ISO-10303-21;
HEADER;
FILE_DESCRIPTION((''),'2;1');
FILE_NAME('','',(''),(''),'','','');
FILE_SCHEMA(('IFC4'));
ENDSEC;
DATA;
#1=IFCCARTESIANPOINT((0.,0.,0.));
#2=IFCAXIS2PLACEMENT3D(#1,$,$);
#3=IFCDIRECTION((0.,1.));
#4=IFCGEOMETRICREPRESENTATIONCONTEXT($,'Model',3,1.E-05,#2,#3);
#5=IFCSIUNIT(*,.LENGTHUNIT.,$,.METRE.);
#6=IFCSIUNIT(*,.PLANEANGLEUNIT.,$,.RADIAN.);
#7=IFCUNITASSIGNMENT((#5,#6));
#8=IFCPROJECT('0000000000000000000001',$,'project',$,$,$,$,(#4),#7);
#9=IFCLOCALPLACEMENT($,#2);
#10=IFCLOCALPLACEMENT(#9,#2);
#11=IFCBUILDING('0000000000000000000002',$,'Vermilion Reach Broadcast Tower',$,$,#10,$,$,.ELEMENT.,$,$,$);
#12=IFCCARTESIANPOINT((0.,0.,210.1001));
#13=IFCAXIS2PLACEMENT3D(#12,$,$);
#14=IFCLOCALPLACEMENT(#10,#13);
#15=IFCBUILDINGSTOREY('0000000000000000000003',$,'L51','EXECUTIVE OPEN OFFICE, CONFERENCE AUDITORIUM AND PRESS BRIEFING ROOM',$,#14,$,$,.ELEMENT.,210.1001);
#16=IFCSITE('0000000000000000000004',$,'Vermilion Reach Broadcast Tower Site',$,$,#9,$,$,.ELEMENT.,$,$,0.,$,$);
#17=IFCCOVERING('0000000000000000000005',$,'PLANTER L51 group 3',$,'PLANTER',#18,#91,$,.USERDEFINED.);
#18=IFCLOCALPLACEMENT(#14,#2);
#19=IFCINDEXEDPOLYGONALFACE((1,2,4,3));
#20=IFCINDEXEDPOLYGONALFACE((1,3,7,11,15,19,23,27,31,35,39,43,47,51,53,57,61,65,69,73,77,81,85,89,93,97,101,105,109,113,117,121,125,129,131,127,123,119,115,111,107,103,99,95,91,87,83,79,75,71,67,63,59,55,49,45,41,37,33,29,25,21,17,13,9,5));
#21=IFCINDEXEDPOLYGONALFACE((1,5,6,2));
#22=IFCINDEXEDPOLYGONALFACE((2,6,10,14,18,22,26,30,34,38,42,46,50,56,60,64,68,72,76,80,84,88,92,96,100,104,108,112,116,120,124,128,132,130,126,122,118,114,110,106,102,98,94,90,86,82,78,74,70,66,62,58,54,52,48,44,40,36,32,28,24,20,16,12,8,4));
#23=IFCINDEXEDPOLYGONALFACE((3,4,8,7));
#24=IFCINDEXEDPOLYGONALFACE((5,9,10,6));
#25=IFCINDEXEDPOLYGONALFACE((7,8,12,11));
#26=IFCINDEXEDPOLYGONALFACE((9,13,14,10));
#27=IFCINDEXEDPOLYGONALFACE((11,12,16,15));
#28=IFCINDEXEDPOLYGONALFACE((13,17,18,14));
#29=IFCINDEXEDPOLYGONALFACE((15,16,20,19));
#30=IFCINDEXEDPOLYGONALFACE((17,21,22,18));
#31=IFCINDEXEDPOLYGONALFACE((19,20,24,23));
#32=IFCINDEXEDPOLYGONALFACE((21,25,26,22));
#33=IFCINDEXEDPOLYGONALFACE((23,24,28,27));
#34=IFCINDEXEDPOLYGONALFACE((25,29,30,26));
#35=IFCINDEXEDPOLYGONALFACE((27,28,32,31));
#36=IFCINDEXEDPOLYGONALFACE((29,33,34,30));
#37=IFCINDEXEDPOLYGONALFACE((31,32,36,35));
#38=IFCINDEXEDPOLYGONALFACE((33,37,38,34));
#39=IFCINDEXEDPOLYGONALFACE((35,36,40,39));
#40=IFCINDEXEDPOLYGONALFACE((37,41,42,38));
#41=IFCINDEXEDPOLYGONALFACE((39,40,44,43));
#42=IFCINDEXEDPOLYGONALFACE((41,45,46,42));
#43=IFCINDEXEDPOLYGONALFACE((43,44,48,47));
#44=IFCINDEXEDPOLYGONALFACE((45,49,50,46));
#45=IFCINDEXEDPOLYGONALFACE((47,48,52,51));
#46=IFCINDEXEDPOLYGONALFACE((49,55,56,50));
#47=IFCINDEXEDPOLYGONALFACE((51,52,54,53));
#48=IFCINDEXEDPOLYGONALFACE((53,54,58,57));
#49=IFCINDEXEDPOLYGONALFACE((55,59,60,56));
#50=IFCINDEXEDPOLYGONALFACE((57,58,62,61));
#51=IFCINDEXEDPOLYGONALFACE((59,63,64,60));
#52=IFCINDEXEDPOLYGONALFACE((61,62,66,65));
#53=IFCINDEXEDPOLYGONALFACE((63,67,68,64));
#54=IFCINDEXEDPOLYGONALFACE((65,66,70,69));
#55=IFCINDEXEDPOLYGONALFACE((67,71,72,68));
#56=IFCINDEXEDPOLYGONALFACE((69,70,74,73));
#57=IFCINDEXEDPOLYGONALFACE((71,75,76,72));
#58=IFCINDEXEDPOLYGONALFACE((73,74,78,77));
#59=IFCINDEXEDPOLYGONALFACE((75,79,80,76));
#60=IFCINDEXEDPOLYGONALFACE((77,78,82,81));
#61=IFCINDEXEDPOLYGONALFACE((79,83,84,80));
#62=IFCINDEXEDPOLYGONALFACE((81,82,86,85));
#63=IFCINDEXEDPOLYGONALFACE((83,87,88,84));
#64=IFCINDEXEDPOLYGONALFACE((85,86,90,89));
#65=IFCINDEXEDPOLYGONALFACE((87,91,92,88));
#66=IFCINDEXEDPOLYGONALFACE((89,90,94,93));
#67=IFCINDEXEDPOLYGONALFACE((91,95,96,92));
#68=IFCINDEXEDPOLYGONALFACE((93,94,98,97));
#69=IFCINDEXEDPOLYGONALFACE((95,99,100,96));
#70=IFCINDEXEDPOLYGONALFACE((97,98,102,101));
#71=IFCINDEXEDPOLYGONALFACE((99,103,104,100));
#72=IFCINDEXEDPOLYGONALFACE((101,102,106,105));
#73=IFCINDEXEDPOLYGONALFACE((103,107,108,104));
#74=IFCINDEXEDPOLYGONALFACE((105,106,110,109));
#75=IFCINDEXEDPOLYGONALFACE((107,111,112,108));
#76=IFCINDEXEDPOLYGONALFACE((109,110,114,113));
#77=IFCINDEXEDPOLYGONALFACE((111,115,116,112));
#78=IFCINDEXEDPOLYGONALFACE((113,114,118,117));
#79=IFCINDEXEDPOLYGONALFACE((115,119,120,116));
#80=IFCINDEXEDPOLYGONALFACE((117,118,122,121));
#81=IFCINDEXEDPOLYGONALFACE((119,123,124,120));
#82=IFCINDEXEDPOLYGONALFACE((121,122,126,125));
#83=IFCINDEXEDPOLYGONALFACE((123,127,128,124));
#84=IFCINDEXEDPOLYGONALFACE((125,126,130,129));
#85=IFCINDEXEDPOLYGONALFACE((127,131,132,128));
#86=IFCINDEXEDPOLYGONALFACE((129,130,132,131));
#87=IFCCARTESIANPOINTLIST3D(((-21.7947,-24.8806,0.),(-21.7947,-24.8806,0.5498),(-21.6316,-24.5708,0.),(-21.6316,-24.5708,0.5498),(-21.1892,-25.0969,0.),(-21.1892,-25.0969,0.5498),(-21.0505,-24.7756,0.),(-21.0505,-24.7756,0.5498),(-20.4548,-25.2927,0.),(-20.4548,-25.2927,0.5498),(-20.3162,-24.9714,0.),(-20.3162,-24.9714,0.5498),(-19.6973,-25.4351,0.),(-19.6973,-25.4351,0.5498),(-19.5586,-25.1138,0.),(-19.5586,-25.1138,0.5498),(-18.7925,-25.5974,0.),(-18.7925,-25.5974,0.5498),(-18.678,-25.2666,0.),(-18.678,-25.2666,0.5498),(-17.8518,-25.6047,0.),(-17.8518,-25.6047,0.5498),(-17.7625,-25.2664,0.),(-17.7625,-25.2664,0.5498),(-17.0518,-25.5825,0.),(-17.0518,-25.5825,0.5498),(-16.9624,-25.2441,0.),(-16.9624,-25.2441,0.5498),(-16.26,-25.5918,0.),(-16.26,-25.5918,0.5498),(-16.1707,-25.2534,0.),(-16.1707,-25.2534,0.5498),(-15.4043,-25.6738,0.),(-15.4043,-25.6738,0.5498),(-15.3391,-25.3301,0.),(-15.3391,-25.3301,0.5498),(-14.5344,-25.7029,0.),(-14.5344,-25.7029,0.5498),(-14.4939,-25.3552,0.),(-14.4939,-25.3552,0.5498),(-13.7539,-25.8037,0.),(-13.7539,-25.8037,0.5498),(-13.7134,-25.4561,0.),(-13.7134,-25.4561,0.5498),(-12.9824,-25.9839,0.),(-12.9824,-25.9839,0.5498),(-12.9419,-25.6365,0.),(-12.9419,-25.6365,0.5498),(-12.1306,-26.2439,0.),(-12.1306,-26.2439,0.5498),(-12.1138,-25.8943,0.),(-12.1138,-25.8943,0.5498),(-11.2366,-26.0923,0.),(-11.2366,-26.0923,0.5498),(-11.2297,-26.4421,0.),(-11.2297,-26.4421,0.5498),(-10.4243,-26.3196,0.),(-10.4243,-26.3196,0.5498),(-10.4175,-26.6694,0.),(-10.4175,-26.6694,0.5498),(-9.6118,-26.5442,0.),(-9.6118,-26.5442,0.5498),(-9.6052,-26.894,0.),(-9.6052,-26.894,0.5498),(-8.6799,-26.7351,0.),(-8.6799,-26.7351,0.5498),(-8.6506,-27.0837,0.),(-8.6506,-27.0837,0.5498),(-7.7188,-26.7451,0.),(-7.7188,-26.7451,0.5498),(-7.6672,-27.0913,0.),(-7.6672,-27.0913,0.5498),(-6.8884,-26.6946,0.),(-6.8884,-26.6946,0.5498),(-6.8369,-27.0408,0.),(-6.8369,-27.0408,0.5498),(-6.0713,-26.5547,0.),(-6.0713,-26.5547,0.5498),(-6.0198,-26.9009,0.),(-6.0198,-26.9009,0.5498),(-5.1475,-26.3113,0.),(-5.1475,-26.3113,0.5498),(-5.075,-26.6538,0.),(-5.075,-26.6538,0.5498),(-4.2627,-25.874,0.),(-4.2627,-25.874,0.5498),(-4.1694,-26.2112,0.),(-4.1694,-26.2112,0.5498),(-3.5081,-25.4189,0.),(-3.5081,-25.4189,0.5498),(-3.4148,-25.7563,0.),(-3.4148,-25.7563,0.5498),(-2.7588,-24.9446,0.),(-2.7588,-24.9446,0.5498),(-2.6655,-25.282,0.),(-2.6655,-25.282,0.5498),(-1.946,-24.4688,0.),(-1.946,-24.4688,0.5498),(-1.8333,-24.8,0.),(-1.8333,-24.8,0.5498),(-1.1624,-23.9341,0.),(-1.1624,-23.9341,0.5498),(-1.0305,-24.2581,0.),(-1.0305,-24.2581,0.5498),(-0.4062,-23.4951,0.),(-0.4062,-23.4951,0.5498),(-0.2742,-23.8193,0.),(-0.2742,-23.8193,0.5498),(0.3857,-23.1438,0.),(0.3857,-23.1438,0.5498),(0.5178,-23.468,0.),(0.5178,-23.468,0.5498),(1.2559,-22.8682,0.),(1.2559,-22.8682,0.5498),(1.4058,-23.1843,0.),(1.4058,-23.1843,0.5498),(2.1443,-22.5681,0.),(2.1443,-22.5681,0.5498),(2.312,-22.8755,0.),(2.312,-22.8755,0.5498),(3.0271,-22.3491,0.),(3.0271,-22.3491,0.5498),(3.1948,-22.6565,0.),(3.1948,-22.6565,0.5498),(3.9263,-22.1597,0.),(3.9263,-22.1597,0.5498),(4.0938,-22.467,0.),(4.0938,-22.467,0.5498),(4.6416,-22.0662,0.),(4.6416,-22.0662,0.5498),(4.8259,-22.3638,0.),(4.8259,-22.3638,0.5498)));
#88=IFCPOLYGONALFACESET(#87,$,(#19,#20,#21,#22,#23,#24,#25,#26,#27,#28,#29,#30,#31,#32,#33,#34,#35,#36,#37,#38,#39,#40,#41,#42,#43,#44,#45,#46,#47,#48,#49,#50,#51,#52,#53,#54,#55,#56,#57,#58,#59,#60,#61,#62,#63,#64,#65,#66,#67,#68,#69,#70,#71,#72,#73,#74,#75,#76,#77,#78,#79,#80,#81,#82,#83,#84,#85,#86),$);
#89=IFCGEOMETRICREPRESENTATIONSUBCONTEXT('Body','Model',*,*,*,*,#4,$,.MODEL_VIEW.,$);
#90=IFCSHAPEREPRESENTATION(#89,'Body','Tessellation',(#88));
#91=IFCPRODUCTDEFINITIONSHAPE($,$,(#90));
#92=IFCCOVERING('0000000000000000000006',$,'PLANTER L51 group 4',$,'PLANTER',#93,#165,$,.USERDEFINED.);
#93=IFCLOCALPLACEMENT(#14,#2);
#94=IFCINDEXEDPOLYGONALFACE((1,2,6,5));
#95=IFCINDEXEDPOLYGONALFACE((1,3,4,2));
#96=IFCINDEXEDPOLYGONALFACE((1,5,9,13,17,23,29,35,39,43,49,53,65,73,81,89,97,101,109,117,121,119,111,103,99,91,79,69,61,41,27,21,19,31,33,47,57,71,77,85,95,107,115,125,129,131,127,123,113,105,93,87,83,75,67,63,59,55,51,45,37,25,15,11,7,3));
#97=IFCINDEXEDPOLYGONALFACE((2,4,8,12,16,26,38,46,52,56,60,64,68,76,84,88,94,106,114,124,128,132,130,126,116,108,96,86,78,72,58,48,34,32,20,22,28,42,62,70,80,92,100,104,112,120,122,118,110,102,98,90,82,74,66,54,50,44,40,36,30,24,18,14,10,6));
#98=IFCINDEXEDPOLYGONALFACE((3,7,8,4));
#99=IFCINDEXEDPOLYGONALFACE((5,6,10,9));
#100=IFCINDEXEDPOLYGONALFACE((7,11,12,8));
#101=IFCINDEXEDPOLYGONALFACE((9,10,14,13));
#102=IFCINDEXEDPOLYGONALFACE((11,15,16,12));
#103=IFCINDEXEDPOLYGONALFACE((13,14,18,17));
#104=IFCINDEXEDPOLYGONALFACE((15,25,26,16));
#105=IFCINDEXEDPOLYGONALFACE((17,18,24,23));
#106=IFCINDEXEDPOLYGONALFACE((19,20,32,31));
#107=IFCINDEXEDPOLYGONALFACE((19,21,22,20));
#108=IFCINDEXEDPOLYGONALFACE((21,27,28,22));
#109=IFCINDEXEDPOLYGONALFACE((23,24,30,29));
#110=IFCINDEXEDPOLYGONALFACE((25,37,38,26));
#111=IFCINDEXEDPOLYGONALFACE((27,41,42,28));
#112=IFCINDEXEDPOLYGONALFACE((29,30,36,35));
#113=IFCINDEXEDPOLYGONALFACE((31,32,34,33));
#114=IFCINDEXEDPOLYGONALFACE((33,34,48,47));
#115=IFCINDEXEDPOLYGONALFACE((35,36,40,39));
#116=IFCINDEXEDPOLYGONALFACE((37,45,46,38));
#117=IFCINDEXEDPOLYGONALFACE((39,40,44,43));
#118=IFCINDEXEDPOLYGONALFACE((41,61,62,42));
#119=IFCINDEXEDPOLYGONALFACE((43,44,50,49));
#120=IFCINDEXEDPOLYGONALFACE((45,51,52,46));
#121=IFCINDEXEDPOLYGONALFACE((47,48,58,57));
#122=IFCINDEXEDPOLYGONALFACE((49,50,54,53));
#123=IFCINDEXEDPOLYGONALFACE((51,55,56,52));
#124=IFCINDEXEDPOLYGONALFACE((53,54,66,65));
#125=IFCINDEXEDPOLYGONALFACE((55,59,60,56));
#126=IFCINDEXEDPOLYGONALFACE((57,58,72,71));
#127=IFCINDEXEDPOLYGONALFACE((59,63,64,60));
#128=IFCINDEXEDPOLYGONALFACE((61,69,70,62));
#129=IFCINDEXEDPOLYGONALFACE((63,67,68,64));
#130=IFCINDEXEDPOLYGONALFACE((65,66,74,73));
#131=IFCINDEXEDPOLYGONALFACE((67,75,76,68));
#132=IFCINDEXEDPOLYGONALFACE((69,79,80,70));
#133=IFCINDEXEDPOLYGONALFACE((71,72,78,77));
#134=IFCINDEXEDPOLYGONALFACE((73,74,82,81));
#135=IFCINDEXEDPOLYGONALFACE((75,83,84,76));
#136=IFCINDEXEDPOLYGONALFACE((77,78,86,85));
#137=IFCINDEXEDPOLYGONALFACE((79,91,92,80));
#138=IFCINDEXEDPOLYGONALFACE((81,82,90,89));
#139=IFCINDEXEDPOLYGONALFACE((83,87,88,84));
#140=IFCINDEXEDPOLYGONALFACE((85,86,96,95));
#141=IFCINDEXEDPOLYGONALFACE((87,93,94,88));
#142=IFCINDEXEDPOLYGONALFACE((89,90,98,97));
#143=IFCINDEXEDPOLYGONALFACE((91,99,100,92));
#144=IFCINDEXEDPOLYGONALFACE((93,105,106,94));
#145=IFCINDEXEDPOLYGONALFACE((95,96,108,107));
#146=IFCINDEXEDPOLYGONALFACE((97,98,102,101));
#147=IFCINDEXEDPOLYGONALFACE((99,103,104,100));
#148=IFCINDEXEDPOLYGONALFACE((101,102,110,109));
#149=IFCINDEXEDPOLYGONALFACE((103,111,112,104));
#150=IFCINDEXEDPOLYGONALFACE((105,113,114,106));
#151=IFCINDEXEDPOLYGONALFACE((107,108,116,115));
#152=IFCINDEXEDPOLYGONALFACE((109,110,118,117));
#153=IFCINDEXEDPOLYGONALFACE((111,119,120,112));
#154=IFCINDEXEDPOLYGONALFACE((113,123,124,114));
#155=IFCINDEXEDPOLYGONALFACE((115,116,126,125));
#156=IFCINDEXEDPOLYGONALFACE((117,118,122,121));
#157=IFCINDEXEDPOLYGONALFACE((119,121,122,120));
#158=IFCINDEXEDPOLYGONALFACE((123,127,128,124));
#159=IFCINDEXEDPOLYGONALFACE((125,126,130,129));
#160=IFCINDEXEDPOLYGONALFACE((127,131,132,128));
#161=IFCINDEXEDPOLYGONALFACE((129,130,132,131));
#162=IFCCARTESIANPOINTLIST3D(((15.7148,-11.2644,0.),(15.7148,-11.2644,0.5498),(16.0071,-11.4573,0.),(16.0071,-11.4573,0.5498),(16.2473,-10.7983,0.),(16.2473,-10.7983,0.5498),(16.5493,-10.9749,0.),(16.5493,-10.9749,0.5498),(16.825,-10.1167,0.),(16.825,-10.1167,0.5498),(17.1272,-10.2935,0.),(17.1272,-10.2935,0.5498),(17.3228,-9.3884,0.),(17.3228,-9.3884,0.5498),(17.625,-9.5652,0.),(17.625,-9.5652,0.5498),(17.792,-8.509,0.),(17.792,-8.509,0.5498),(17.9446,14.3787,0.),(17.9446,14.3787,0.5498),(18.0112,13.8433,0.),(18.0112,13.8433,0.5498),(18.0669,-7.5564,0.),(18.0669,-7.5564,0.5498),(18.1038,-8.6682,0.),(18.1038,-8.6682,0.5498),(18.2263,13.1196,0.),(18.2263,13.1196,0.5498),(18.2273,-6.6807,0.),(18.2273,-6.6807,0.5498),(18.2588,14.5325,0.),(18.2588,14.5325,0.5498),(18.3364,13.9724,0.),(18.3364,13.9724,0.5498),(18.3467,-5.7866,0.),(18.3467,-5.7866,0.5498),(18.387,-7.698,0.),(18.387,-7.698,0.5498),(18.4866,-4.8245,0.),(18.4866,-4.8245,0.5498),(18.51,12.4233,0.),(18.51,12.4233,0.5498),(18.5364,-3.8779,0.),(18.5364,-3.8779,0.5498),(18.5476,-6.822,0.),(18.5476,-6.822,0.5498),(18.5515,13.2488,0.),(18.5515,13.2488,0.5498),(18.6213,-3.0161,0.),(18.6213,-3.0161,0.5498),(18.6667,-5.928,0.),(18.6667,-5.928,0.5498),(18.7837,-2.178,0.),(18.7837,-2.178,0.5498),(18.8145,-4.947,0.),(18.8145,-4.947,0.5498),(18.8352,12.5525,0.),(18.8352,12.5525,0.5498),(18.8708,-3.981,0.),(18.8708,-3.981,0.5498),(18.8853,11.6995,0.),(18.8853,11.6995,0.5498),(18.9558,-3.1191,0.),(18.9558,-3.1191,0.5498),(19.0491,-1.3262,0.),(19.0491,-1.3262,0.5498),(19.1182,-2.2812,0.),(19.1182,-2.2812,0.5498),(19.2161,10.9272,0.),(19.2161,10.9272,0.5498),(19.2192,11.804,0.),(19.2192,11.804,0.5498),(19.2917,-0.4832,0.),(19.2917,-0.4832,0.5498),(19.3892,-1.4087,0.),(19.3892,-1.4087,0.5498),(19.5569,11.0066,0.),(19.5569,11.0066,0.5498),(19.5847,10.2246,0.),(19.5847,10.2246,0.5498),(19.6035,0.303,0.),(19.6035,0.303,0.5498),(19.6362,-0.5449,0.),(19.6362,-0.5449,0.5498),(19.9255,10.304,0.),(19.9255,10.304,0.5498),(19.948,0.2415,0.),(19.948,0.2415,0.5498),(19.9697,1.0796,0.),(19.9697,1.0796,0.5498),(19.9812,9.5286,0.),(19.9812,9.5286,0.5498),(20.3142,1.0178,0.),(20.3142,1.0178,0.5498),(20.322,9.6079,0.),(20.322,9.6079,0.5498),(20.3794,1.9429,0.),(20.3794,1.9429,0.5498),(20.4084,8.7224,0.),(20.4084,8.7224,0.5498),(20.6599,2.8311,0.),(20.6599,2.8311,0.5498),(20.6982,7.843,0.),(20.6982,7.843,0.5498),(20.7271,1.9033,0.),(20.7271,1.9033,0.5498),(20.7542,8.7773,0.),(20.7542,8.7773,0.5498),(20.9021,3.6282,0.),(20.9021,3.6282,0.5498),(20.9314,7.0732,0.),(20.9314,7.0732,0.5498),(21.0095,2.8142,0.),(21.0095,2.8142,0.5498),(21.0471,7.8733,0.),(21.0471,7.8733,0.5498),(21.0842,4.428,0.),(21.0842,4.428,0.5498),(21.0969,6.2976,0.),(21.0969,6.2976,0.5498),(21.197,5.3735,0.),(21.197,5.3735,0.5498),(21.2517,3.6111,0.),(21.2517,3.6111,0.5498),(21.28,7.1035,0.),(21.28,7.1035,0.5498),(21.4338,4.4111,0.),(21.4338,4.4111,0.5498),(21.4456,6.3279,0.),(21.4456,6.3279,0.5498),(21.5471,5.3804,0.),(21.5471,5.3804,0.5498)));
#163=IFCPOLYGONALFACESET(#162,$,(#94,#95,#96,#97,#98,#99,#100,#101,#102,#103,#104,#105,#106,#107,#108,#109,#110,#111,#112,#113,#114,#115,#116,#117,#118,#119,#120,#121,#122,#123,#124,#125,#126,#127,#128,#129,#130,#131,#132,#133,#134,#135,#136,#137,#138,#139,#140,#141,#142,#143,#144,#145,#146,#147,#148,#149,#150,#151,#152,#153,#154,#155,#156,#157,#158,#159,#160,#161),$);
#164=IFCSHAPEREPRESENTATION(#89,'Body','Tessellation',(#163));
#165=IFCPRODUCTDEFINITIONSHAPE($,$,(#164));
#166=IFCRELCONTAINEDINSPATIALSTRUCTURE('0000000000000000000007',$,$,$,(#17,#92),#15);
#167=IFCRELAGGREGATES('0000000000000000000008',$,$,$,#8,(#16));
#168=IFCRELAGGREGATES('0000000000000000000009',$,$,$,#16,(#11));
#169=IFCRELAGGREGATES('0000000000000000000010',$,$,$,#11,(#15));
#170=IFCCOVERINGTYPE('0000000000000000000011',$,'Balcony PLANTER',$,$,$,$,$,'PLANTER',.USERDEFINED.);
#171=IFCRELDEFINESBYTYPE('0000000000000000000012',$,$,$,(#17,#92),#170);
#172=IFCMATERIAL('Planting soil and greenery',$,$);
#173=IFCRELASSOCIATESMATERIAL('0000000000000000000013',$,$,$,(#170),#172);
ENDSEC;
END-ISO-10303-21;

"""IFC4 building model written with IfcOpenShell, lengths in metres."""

from ifc_helpers import new_model, si_unit, direction, frame, origin, place, context, subcontext, project, spatial, polyline, outline, extrude, material, type_object, element, save


model = new_model("IFC4")

# Units and contexts
model_context = context("Model", 3, precision=1e-05, world=origin(), true_north=direction((0.0, 1.0)))
body_context = subcontext(model_context, "Body", "Model", "MODEL_VIEW")
ifc_project = project(units=[si_unit("LENGTHUNIT", "METRE"), si_unit("PLANEANGLEUNIT", "RADIAN")], contexts=[model_context])

# Site, building, storey
site_placement = place(None, origin())
site = spatial("IfcSite", under=ifc_project, at=site_placement, Name="Vermilion Reach Broadcast Tower Site", CompositionType="ELEMENT", RefElevation=0.0)
building_placement = place(site_placement, origin())
building = spatial("IfcBuilding", under=site, at=building_placement, Name="Vermilion Reach Broadcast Tower", CompositionType="ELEMENT")
storey_placement = place(building_placement, frame((0.0, 0.0, 210.1001)))
storey = spatial("IfcBuildingStorey", under=building, at=storey_placement, Name="L51", Description="EXECUTIVE OPEN OFFICE, CONFERENCE AUDITORIUM AND PRESS BRIEFING ROOM", CompositionType="ELEMENT", Elevation=210.1001)

# Shared definitions
placement_1 = place(storey_placement, origin())

# Coverings
ifc_material_1 = material(Name="Planting soil and greenery")
covering_type = type_object("IfcCoveringType", Name="Balcony PLANTER", ElementType="PLANTER", PredefinedType="USERDEFINED", material=ifc_material_1)
element("IfcCovering", 1, at=placement_1, inside=storey, type_object=covering_type, Name="PLANTER L51 group 3", ObjectType="PLANTER", PredefinedType="USERDEFINED", context=body_context, shape_type="SweptSolid", body=[
    extrude(outline(polyline([(-21.7947, -24.8806), (-21.1892, -25.0969), (-20.4548, -25.2927), (-19.6973, -25.4351), (-18.7925, -25.5974), (-17.8518, -25.6047), (-17.0518, -25.5825), (-16.26, -25.5918), (-15.4043, -25.6738), (-14.5344, -25.7029), (-13.7539, -25.8037), (-12.9824, -25.9839), (-12.1306, -26.2439), (-11.2297, -26.4421), (-10.4175, -26.6694), (-9.6052, -26.894), (-8.6506, -27.0837), (-7.6672, -27.0913), (-6.8369, -27.0408), (-6.0198, -26.9009), (-5.075, -26.6538), (-4.1694, -26.2112), (-3.4148, -25.7563), (-2.6655, -25.282), (-1.8333, -24.8), (-1.0305, -24.2581), (-0.2742, -23.8193), (0.5178, -23.468), (1.4058, -23.1843), (2.312, -22.8755), (3.1948, -22.6565), (4.0938, -22.467), (4.8259, -22.3638), (4.6416, -22.0662), (3.9263, -22.1597), (3.0271, -22.3491), (2.1443, -22.5681), (1.2559, -22.8682), (0.3857, -23.1438), (-0.4062, -23.4951), (-1.1624, -23.9341), (-1.946, -24.4688), (-2.7588, -24.9446), (-3.5081, -25.4189), (-4.2627, -25.874), (-5.1475, -26.3113), (-6.0713, -26.5547), (-6.8884, -26.6946), (-7.7188, -26.7451), (-8.6799, -26.7351), (-9.6118, -26.5442), (-10.4243, -26.3196), (-11.2366, -26.0923), (-12.1138, -25.8943), (-12.9419, -25.6365), (-13.7134, -25.4561), (-14.4939, -25.3552), (-15.3391, -25.3301), (-16.1707, -25.2534), (-16.9624, -25.2441), (-17.7625, -25.2664), (-18.678, -25.2666), (-19.5586, -25.1138), (-20.3162, -24.9714), (-21.0505, -24.7756), (-21.6316, -24.5708), (-21.7947, -24.8806)])), origin(), (0.0, 0.0, 1.0), 0.5498),
])
element("IfcCovering", 2, at=placement_1, inside=storey, type_object=covering_type, Name="PLANTER L51 group 4", ObjectType="PLANTER", PredefinedType="USERDEFINED", context=body_context, shape_type="SweptSolid", body=[
    extrude(outline(polyline([(16.0071, -11.4573), (16.5493, -10.9749), (17.1272, -10.2935), (17.625, -9.5652), (18.1038, -8.6682), (18.387, -7.698), (18.5476, -6.822), (18.6667, -5.928), (18.8145, -4.947), (18.8708, -3.981), (18.9558, -3.1191), (19.1182, -2.2812), (19.3892, -1.4087), (19.6362, -0.5449), (19.948, 0.2415), (20.3142, 1.0178), (20.7271, 1.9033), (21.0095, 2.8142), (21.2517, 3.6111), (21.4338, 4.4111), (21.5471, 5.3804), (21.4456, 6.3279), (21.28, 7.1035), (21.0471, 7.8733), (20.7542, 8.7773), (20.322, 9.6079), (19.9255, 10.304), (19.5569, 11.0066), (19.2192, 11.804), (18.8352, 12.5525), (18.5515, 13.2488), (18.3364, 13.9724), (18.2588, 14.5325), (17.9446, 14.3787), (18.0112, 13.8433), (18.2263, 13.1196), (18.51, 12.4233), (18.8853, 11.6995), (19.2161, 10.9272), (19.5847, 10.2246), (19.9812, 9.5286), (20.4084, 8.7224), (20.6982, 7.843), (20.9314, 7.0732), (21.0969, 6.2976), (21.197, 5.3735), (21.0842, 4.428), (20.9021, 3.6282), (20.6599, 2.8311), (20.3794, 1.9429), (19.9697, 1.0796), (19.6035, 0.303), (19.2917, -0.4832), (19.0491, -1.3262), (18.7837, -2.178), (18.6213, -3.0161), (18.5364, -3.8779), (18.4866, -4.8245), (18.3467, -5.7866), (18.2273, -6.6807), (18.0669, -7.5564), (17.792, -8.509), (17.3228, -9.3884), (16.825, -10.1167), (16.2473, -10.7983), (15.7148, -11.2644), (16.0071, -11.4573)])), origin(), (0.0, 0.0, 1.0), 0.5498),
])

save(model, "model.ifc")
